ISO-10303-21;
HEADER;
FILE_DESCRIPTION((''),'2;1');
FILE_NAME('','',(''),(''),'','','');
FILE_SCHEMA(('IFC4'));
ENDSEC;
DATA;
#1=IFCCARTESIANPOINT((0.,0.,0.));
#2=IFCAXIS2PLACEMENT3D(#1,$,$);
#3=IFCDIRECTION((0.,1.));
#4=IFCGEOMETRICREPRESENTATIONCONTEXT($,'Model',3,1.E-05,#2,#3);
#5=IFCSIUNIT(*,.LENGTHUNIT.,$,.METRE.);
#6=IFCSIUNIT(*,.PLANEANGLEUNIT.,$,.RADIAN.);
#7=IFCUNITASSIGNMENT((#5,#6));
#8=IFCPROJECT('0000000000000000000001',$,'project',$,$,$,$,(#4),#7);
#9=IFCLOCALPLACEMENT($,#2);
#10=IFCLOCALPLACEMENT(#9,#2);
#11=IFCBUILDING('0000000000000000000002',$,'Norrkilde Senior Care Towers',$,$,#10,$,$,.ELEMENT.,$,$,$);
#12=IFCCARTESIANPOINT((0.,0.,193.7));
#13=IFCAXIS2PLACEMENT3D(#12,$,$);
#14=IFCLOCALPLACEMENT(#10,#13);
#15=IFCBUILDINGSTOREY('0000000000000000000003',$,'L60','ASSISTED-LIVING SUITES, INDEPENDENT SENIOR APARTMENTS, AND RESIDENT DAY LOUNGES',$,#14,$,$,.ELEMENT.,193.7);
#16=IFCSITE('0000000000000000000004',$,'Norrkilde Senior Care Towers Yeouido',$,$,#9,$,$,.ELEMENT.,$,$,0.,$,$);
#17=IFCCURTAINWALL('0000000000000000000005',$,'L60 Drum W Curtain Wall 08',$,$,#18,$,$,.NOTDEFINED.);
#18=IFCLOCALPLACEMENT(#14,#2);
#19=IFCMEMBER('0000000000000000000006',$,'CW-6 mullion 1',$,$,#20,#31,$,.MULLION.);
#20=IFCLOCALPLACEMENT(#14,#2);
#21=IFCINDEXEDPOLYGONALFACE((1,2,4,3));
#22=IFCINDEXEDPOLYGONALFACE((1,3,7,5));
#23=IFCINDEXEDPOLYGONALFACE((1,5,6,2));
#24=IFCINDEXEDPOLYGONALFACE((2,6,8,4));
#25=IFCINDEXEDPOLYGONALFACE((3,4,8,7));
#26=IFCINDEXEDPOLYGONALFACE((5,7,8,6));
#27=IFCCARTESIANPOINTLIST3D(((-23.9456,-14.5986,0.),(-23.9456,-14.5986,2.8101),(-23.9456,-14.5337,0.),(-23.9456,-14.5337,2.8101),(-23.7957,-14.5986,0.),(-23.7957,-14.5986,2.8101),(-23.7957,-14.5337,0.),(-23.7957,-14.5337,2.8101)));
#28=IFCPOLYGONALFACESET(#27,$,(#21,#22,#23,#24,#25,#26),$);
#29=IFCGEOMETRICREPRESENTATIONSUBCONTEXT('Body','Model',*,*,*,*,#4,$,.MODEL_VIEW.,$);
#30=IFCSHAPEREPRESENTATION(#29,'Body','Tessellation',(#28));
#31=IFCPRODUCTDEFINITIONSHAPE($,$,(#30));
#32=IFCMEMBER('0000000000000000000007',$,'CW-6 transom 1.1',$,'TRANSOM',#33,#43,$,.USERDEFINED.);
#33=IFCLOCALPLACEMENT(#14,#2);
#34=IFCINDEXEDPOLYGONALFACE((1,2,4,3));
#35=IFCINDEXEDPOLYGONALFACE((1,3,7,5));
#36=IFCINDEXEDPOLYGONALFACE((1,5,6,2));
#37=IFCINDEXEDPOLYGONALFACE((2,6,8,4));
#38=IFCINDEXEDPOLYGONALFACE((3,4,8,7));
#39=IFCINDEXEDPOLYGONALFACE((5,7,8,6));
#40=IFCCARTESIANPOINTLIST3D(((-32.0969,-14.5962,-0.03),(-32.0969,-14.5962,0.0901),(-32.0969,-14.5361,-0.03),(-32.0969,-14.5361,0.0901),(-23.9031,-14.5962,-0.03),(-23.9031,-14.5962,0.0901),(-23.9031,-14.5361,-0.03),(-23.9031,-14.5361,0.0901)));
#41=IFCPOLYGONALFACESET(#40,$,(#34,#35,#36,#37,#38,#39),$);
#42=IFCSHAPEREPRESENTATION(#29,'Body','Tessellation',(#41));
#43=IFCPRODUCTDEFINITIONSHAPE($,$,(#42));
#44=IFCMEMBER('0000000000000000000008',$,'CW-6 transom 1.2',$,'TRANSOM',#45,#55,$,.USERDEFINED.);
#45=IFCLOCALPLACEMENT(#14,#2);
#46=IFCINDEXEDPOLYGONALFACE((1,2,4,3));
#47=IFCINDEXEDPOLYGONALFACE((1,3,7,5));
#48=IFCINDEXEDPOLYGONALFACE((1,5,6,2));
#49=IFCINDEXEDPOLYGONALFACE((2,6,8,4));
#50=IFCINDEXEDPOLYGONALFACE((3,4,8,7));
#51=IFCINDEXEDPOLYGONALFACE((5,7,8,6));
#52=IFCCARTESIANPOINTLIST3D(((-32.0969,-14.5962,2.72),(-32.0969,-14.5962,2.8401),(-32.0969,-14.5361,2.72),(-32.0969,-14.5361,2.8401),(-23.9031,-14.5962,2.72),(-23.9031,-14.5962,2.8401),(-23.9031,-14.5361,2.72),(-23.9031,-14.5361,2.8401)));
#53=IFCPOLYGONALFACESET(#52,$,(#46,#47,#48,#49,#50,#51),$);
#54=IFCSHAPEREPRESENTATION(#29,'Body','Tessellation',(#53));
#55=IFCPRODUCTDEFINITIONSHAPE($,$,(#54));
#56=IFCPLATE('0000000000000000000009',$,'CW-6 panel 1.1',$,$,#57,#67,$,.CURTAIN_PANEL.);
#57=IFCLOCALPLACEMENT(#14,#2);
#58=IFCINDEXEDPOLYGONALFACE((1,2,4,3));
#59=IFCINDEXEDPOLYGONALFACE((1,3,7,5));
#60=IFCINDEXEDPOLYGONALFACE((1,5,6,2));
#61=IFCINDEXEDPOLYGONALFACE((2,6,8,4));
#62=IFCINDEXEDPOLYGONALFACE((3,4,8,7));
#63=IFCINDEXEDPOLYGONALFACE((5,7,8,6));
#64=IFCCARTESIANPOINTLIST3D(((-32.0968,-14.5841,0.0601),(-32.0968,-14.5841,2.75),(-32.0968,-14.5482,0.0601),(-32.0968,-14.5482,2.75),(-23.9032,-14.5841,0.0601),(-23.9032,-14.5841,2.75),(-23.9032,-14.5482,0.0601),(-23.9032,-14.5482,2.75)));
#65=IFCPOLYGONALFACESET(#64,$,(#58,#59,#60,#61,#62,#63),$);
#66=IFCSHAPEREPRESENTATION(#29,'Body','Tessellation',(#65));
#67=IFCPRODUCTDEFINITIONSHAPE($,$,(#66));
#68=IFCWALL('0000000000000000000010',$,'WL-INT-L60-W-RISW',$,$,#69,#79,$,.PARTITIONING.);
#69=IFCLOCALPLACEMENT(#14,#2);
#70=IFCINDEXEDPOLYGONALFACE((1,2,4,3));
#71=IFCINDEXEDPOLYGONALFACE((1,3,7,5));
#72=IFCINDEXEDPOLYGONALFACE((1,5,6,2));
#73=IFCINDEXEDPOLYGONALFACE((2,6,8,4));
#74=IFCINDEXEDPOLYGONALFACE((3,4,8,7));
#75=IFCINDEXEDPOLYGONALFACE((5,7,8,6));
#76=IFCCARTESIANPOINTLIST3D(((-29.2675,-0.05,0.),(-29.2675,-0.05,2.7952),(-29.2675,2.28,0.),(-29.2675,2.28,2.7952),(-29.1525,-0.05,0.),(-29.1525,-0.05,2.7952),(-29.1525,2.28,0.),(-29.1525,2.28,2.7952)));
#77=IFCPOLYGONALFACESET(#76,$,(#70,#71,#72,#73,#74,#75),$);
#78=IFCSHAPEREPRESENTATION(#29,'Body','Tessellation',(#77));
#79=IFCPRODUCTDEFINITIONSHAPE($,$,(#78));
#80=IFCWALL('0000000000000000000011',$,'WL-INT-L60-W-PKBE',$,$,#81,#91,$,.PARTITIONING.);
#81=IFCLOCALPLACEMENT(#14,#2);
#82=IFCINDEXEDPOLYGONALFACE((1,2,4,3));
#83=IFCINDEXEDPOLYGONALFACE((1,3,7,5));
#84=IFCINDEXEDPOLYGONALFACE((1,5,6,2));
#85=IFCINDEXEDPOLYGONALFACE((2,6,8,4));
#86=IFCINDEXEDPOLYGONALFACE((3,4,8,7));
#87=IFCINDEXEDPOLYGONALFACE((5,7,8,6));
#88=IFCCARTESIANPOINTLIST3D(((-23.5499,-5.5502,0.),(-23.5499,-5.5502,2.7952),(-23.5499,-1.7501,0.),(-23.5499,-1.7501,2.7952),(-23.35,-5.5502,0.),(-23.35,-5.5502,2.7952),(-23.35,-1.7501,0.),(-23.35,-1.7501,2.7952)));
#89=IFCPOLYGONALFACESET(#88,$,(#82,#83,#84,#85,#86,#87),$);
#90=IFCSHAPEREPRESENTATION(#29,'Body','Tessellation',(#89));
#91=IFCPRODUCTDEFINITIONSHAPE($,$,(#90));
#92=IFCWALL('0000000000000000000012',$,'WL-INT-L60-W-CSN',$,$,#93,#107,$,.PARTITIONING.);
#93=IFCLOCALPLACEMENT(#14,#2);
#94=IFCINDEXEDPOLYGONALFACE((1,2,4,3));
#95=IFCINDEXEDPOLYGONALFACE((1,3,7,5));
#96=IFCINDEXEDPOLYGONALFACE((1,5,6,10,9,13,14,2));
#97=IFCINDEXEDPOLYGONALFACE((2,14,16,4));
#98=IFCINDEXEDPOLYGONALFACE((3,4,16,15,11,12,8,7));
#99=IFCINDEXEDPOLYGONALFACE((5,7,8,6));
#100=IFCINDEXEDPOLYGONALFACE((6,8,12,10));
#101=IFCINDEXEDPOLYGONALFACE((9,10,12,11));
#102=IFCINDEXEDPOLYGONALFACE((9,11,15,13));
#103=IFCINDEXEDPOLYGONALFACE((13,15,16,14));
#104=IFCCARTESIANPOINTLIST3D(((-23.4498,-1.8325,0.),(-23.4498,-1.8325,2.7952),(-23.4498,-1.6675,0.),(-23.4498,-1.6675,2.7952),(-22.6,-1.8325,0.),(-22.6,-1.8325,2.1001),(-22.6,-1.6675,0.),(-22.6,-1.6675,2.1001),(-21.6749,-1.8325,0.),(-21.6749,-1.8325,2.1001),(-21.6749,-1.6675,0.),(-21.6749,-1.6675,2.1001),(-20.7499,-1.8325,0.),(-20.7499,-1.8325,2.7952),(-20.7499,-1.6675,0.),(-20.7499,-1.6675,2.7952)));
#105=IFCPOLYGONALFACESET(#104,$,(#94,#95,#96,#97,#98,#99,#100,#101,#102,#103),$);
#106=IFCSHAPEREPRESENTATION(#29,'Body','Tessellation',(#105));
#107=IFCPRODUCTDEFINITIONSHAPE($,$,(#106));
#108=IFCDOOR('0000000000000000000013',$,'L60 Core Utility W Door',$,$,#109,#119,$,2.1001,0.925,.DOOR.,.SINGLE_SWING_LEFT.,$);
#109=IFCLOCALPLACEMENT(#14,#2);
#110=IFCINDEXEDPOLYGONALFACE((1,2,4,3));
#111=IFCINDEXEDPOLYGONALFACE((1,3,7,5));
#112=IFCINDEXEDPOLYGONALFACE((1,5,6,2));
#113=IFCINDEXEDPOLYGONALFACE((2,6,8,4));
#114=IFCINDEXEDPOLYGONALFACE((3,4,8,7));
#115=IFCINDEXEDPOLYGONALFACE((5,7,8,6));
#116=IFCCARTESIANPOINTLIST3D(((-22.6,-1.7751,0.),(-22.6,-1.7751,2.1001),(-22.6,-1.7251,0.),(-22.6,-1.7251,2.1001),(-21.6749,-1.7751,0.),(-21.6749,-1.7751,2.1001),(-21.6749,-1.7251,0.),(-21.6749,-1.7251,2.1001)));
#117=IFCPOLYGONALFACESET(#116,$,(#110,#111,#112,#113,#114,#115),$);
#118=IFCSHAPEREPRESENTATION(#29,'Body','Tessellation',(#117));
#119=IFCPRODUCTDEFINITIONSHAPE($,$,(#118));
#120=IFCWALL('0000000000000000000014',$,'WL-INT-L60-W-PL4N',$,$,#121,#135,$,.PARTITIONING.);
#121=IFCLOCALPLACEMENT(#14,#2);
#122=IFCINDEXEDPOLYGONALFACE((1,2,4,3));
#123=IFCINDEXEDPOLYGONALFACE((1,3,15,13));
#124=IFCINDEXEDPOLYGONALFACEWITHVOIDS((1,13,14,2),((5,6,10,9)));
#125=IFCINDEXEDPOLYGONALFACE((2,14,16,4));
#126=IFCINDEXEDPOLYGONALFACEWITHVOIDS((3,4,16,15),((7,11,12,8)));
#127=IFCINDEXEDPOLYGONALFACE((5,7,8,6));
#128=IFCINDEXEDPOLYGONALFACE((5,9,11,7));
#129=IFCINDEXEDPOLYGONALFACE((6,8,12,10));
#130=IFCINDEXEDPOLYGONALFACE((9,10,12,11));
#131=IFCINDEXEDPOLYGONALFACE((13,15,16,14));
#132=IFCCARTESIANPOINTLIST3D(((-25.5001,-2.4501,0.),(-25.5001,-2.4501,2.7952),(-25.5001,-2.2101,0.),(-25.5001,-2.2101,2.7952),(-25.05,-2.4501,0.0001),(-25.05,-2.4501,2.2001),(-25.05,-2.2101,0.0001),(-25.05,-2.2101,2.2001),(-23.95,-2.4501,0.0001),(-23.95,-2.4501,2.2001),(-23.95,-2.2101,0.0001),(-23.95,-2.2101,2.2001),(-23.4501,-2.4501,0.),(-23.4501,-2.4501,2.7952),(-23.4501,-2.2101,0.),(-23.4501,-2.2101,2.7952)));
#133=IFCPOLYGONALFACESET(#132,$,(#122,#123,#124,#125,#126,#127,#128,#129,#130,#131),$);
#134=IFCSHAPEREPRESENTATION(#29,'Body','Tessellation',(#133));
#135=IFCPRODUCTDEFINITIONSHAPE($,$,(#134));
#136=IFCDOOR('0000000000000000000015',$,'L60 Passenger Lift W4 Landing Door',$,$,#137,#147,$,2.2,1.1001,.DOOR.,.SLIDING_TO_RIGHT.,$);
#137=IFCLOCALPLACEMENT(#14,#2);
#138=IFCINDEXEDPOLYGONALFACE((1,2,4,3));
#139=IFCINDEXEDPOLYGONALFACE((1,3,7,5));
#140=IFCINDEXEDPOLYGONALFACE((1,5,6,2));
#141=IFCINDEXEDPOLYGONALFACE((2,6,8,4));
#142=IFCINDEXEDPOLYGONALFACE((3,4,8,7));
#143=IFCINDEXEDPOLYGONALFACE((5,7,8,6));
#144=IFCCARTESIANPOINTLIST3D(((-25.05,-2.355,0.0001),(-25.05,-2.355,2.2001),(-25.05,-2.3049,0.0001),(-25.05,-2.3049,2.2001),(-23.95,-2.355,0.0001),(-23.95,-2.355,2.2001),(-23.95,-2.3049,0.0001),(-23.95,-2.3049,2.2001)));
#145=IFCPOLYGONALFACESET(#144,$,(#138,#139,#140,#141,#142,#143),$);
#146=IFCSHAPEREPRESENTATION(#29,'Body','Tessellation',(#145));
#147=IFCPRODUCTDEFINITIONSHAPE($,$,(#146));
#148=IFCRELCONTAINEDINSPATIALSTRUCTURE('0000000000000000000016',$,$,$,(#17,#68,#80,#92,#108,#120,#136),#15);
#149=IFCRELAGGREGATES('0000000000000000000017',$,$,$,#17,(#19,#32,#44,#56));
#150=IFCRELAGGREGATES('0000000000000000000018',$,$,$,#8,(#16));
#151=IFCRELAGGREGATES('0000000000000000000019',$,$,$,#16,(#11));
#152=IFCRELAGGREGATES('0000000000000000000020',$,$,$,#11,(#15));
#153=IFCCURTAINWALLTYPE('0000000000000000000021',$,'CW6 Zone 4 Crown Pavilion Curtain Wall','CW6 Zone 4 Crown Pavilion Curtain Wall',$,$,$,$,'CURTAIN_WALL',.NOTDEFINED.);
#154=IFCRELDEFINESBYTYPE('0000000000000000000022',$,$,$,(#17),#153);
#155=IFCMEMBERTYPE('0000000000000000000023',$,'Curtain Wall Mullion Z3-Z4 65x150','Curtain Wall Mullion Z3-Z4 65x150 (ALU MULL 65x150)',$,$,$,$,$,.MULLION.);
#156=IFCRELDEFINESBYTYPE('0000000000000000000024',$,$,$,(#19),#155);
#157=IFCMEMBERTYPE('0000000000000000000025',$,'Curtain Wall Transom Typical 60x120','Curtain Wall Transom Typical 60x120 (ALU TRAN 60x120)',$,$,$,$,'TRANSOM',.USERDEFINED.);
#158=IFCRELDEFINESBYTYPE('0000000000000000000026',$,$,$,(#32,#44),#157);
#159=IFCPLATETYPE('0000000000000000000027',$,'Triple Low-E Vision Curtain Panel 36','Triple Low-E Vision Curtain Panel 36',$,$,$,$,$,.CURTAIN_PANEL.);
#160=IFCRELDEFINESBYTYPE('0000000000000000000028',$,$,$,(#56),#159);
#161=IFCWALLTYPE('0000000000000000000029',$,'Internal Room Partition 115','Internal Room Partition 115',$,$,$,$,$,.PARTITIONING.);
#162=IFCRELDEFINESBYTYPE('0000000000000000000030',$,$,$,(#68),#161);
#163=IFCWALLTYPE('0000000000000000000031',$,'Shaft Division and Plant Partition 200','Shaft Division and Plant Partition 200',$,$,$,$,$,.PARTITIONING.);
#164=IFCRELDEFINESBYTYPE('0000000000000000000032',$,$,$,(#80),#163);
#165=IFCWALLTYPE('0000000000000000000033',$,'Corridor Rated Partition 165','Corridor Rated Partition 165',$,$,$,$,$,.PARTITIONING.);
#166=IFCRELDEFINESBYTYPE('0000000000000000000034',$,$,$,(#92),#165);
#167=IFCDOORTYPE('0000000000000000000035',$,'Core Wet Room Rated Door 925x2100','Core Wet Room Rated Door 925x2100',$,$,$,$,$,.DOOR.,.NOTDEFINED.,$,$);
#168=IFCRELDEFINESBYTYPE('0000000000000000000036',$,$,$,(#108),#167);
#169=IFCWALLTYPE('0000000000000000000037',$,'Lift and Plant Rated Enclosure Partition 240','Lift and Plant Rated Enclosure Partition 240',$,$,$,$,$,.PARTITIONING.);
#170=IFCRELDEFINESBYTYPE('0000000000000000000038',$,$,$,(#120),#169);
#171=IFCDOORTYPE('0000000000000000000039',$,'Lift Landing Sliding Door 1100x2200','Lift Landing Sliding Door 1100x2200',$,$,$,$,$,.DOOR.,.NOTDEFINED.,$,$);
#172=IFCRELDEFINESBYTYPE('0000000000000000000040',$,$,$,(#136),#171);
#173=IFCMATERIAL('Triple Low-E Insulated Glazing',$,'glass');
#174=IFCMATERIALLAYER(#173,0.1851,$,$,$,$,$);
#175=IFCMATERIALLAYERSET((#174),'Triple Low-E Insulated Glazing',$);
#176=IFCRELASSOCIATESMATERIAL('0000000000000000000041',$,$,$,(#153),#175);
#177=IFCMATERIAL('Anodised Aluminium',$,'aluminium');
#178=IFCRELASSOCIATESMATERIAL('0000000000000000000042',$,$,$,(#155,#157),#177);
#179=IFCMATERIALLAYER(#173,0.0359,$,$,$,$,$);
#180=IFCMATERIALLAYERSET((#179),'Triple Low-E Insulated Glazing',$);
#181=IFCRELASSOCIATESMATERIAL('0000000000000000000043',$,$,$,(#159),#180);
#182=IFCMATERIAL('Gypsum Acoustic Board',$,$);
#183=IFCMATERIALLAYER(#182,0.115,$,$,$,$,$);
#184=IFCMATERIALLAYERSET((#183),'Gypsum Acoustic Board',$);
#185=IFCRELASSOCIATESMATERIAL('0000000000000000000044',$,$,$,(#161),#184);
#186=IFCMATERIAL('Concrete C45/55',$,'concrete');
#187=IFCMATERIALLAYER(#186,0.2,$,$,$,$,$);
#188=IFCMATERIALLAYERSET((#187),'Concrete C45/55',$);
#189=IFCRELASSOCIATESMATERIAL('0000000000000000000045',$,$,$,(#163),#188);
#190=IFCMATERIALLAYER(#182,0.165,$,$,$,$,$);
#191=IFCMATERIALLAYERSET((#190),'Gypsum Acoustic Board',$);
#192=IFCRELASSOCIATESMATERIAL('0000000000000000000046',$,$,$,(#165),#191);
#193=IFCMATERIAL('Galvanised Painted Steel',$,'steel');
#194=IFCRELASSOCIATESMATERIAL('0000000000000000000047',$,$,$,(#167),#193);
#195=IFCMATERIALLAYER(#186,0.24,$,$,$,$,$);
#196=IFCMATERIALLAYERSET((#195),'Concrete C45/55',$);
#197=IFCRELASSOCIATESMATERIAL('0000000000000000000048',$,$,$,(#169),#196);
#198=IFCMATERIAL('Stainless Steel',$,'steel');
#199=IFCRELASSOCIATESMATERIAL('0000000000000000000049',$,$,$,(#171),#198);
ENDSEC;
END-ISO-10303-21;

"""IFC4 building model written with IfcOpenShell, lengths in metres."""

from ifc_helpers import new_model, si_unit, direction, frame, frame_2d, origin, origin_2d, place, context, subcontext, project, spatial, rectangle, extrude, source, transform, mapped, material, layer, layer_set, material_profile, profile_set, type_object, type_shapes, element, fill, aggregate, save


model = new_model("IFC4")

# Units and contexts
model_context = context("Model", 3, precision=1e-05, world=origin(), true_north=direction((0.0, 1.0)))
body_context = subcontext(model_context, "Body", "Model", "MODEL_VIEW")
ifc_project = project(units=[si_unit("LENGTHUNIT", "METRE"), si_unit("PLANEANGLEUNIT", "RADIAN")], contexts=[model_context])

# Site, building, storey
site_placement = place(None, origin())
site = spatial("IfcSite", under=ifc_project, at=site_placement, Name="Norrkilde Senior Care Towers Yeouido", CompositionType="ELEMENT", RefElevation=0.0)
building_placement = place(site_placement, origin())
building = spatial("IfcBuilding", under=site, at=building_placement, Name="Norrkilde Senior Care Towers", CompositionType="ELEMENT")
storey_placement = place(building_placement, frame((0.0, 0.0, 193.7)))
storey = spatial("IfcBuildingStorey", under=building, at=storey_placement, Name="L60", Description="ASSISTED-LIVING SUITES, INDEPENDENT SENIOR APARTMENTS, AND RESIDENT DAY LOUNGES", CompositionType="ELEMENT", Elevation=193.7)

# Curtain wall, members, plate
ifc_material_1 = material(Name="Triple Low-E Insulated Glazing", Category="glass")
ifc_layer_1 = layer(ifc_material_1, 0.1851)
ifc_layer_set_1 = layer_set([ifc_layer_1], Name="Triple Low-E Insulated Glazing")
curtain_wall_type = type_object("IfcCurtainWallType", Name="CW6 Zone 4 Crown Pavilion Curtain Wall", Description="CW6 Zone 4 Crown Pavilion Curtain Wall", ElementType="CURTAIN_WALL", PredefinedType="NOTDEFINED", material=ifc_layer_set_1)
curtain_wall_placement = place(storey_placement, origin())
curtain_wall = element("IfcCurtainWall", 1, at=curtain_wall_placement, inside=storey, type_object=curtain_wall_type, Name="L60 Drum W Curtain Wall 08", PredefinedType="NOTDEFINED")
ifc_material_2 = material(Name="Anodised Aluminium", Category="aluminium")
ifc_material_profile_1 = material_profile(ifc_material_2, rectangle(XDim=0.0649, YDim=0.1499, at=origin_2d()), Name="ALU MULL 65x150")
ifc_profile_set_1 = profile_set([ifc_material_profile_1], Name="Anodised Aluminium")
member_type_1 = type_object("IfcMemberType", Name="Curtain Wall Mullion Z3-Z4 65x150", Description="Curtain Wall Mullion Z3-Z4 65x150 (ALU MULL 65x150)", PredefinedType="MULLION", material=ifc_profile_set_1)
shared_shape_1 = source(origin(), body_context, "Body", "SweptSolid", [
    extrude(rectangle(XDim=0.0649, YDim=0.1499, at=origin_2d()), origin(), (0.0, 0.0, 1.0), 2.8101),
])
type_shapes(member_type_1, [shared_shape_1])
member_1_placement = place(storey_placement, frame((-23.8706, -14.5662, 0.0), z_axis=(0.0, 0.0, 1.0), x_axis=(0.0, -1.0, 0.0)))
member_1 = element("IfcMember", 2, at=member_1_placement, type_object=member_type_1, Name="CW-6 mullion 1", PredefinedType="MULLION", context=body_context, shape_type="MappedRepresentation", body=[
    mapped(shared_shape_1, transform((0.0, 0.0, 0.0), x_axis=(1.0, 0.0, 0.0), y_axis=(0.0, 1.0, 0.0), z_axis=(0.0, 0.0, 1.0), scale=1.0)),
])
ifc_material_profile_2 = material_profile(ifc_material_2, rectangle(XDim=0.0601, YDim=0.1201, at=origin_2d()), Name="ALU TRAN 60x120")
ifc_profile_set_2 = profile_set([ifc_material_profile_2], Name="Anodised Aluminium")
member_type_2 = type_object("IfcMemberType", Name="Curtain Wall Transom Typical 60x120", Description="Curtain Wall Transom Typical 60x120 (ALU TRAN 60x120)", ElementType="TRANSOM", PredefinedType="USERDEFINED", material=ifc_profile_set_2)
shared_shape_2 = source(origin(), body_context, "Body", "SweptSolid", [
    extrude(rectangle(XDim=0.0601, YDim=0.1201, at=origin_2d()), origin(), (0.0, 0.0, 1.0), 8.1938),
])
type_shapes(member_type_2, [shared_shape_2])
member_2_placement = place(storey_placement, frame((-23.9031, -14.5662, 0.03), z_axis=(-1.0, 0.0, 0.0), x_axis=(0.0, -1.0, 0.0)))
member_2 = element("IfcMember", 3, at=member_2_placement, type_object=member_type_2, Name="CW-6 transom 1.1", ObjectType="TRANSOM", PredefinedType="USERDEFINED", context=body_context, shape_type="MappedRepresentation", body=[
    mapped(shared_shape_2, transform((0.0, 0.0, 0.0), x_axis=(1.0, 0.0, 0.0), y_axis=(0.0, 1.0, 0.0), z_axis=(0.0, 0.0, 1.0), scale=1.0)),
])
member_3_placement = place(storey_placement, frame((-23.9031, -14.5662, 2.78), z_axis=(-1.0, 0.0, 0.0), x_axis=(0.0, -1.0, 0.0)))
member_3 = element("IfcMember", 4, at=member_3_placement, type_object=member_type_2, Name="CW-6 transom 1.2", ObjectType="TRANSOM", PredefinedType="USERDEFINED", context=body_context, shape_type="MappedRepresentation", body=[
    mapped(shared_shape_2, transform((0.0, 0.0, 0.0), x_axis=(1.0, 0.0, 0.0), y_axis=(0.0, 1.0, 0.0), z_axis=(0.0, 0.0, 1.0), scale=1.0)),
])
ifc_layer_2 = layer(ifc_material_1, 0.0359)
ifc_layer_set_2 = layer_set([ifc_layer_2], Name="Triple Low-E Insulated Glazing")
plate_type = type_object("IfcPlateType", Name="Triple Low-E Vision Curtain Panel 36", Description="Triple Low-E Vision Curtain Panel 36", PredefinedType="CURTAIN_PANEL", material=ifc_layer_set_2)
shared_shape_3 = source(origin(), body_context, "Body", "SweptSolid", [
    extrude(rectangle(XDim=8.1936, YDim=0.0359, at=origin_2d()), origin(), (0.0, 0.0, 1.0), 2.6899),
])
type_shapes(plate_type, [shared_shape_3])
plate_placement = place(storey_placement, frame((-28.0, -14.5662, 0.0601), z_axis=(0.0, 0.0, 1.0), x_axis=(-1.0, 0.0, 0.0)))
plate = element("IfcPlate", 5, at=plate_placement, type_object=plate_type, Name="CW-6 panel 1.1", PredefinedType="CURTAIN_PANEL", context=body_context, shape_type="MappedRepresentation", body=[
    mapped(shared_shape_3, transform((0.0, 0.0, 0.0), x_axis=(1.0, 0.0, 0.0), y_axis=(0.0, 1.0, 0.0), z_axis=(0.0, 0.0, 1.0), scale=1.0)),
])
aggregate(curtain_wall, [member_1, member_2, member_3, plate])

# Walls
ifc_material_3 = material(Name="Gypsum Acoustic Board")
ifc_layer_3 = layer(ifc_material_3, 0.115)
ifc_layer_set_3 = layer_set([ifc_layer_3], Name="Gypsum Acoustic Board")
wall_type_1 = type_object("IfcWallType", Name="Internal Room Partition 115", Description="Internal Room Partition 115", PredefinedType="PARTITIONING", material=ifc_layer_set_3)
shared_shape_4 = source(origin(), body_context, "Body", "SweptSolid", [
    extrude(rectangle(XDim=2.3301, YDim=0.115, at=frame_2d((1.165, 0.0))), origin(), (0.0, 0.0, 1.0), 2.7952),
])
type_shapes(wall_type_1, [shared_shape_4])
wall_1_placement = place(storey_placement, frame((-29.21, -0.05, 0.0), z_axis=(0.0, 0.0, 1.0), x_axis=(0.0, 1.0, 0.0)))
element("IfcWall", 6, at=wall_1_placement, inside=storey, type_object=wall_type_1, Name="WL-INT-L60-W-RISW", PredefinedType="PARTITIONING", context=body_context, shape_type="MappedRepresentation", body=[
    mapped(shared_shape_4, transform((0.0, 0.0, 0.0), x_axis=(1.0, 0.0, 0.0), y_axis=(0.0, 1.0, 0.0), z_axis=(0.0, 0.0, 1.0), scale=1.0)),
])
ifc_material_4 = material(Name="Concrete C45/55", Category="concrete")
ifc_layer_4 = layer(ifc_material_4, 0.2)
ifc_layer_set_4 = layer_set([ifc_layer_4], Name="Concrete C45/55")
wall_type_2 = type_object("IfcWallType", Name="Shaft Division and Plant Partition 200", Description="Shaft Division and Plant Partition 200", PredefinedType="PARTITIONING", material=ifc_layer_set_4)
shared_shape_5 = source(origin(), body_context, "Body", "SweptSolid", [
    extrude(rectangle(XDim=3.8, YDim=0.2, at=frame_2d((1.8999, 0.0))), origin(), (0.0, 0.0, 1.0), 2.7952),
])
type_shapes(wall_type_2, [shared_shape_5])
wall_2_placement = place(storey_placement, frame((-23.45, -5.55, 0.0), z_axis=(0.0, 0.0, 1.0), x_axis=(0.0, 1.0, 0.0)))
element("IfcWall", 7, at=wall_2_placement, inside=storey, type_object=wall_type_2, Name="WL-INT-L60-W-PKBE", PredefinedType="PARTITIONING", context=body_context, shape_type="MappedRepresentation", body=[
    mapped(shared_shape_5, transform((0.0, 0.0, 0.0), x_axis=(1.0, 0.0, 0.0), y_axis=(0.0, 1.0, 0.0), z_axis=(0.0, 0.0, 1.0), scale=1.0)),
])

# Walls, openings, doors
ifc_layer_5 = layer(ifc_material_3, 0.165)
ifc_layer_set_5 = layer_set([ifc_layer_5], Name="Gypsum Acoustic Board")
wall_type_3 = type_object("IfcWallType", Name="Corridor Rated Partition 165", Description="Corridor Rated Partition 165", PredefinedType="PARTITIONING", material=ifc_layer_set_5)
shared_shape_6 = source(origin(), body_context, "Body", "SweptSolid", [
    extrude(rectangle(XDim=2.7, YDim=0.165, at=frame_2d((1.3501, 0.0))), origin(), (0.0, 0.0, 1.0), 2.7952),
])
wall_3_placement = place(storey_placement, frame((-23.45, -1.75, 0.0), z_axis=(0.0, 0.0, 1.0), x_axis=(1.0, 0.0, 0.0)))
wall_3 = element("IfcWall", 8, at=wall_3_placement, inside=storey, type_object=wall_type_3, Name="WL-INT-L60-W-CSN", PredefinedType="PARTITIONING", context=body_context, shape_type="MappedRepresentation", body=[
    mapped(shared_shape_6, transform((0.0, 0.0, 0.0), x_axis=(1.0, 0.0, 0.0), y_axis=(0.0, 1.0, 0.0), z_axis=(0.0, 0.0, 1.0), scale=1.0)),
])
opening_1_placement = place(wall_3_placement, frame((0.8501, 0.0, 0.0)))
opening_1 = element("IfcOpeningElement", 9, at=opening_1_placement, cuts=wall_3, PredefinedType="OPENING", context=body_context, shape_type="SweptSolid", body=[
    extrude(rectangle(XDim=0.925, YDim=2.1001, at=frame_2d((0.4624, 1.05))), frame((0.0, 0.0925, 0.0), z_axis=(0.0, -1.0, 0.0), x_axis=(1.0, 0.0, 0.0)), (0.0, 0.0, 1.0), 0.1851),
])
ifc_material_5 = material(Name="Galvanised Painted Steel", Category="steel")
door_type_1 = type_object("IfcDoorType", Name="Core Wet Room Rated Door 925x2100", Description="Core Wet Room Rated Door 925x2100", OperationType="NOTDEFINED", PredefinedType="DOOR", material=ifc_material_5)
shared_shape_7 = source(origin(), body_context, "Body", "SweptSolid", [
    extrude(rectangle(XDim=0.925, YDim=2.1001, at=frame_2d((0.4624, 1.05))), frame((0.0, 0.0249, 0.0), z_axis=(0.0, -1.0, 0.0), x_axis=(1.0, 0.0, 0.0)), (0.0, 0.0, 1.0), 0.05),
])
type_shapes(door_type_1, [shared_shape_7])
door_1_placement = place(opening_1_placement, origin())
door_1 = element("IfcDoor", 10, at=door_1_placement, inside=storey, type_object=door_type_1, Name="L60 Core Utility W Door", OperationType="SINGLE_SWING_LEFT", OverallHeight=2.1001, OverallWidth=0.925, PredefinedType="DOOR", context=body_context, shape_type="MappedRepresentation", body=[
    mapped(shared_shape_7, transform((0.0, 0.0, 0.0), x_axis=(1.0, 0.0, 0.0), y_axis=(0.0, 1.0, 0.0), z_axis=(0.0, 0.0, 1.0), scale=1.0)),
])
fill(opening_1, door_1)
ifc_layer_6 = layer(ifc_material_4, 0.24)
ifc_layer_set_6 = layer_set([ifc_layer_6], Name="Concrete C45/55")
wall_type_4 = type_object("IfcWallType", Name="Lift and Plant Rated Enclosure Partition 240", Description="Lift and Plant Rated Enclosure Partition 240", PredefinedType="PARTITIONING", material=ifc_layer_set_6)
shared_shape_8 = source(origin(), body_context, "Body", "SweptSolid", [
    extrude(rectangle(XDim=2.05, YDim=0.24, at=frame_2d((1.0249, 0.0))), origin(), (0.0, 0.0, 1.0), 2.7952),
])
type_shapes(wall_type_4, [shared_shape_8])
wall_4_placement = place(storey_placement, frame((-25.5, -2.3301, 0.0), z_axis=(0.0, 0.0, 1.0), x_axis=(1.0, 0.0, 0.0)))
wall_4 = element("IfcWall", 11, at=wall_4_placement, inside=storey, type_object=wall_type_4, Name="WL-INT-L60-W-PL4N", PredefinedType="PARTITIONING", context=body_context, shape_type="MappedRepresentation", body=[
    mapped(shared_shape_8, transform((0.0, 0.0, 0.0), x_axis=(1.0, 0.0, 0.0), y_axis=(0.0, 1.0, 0.0), z_axis=(0.0, 0.0, 1.0), scale=1.0)),
])
opening_2_placement = place(wall_4_placement, frame((0.45, 0.0, 0.0)))
opening_2 = element("IfcOpeningElement", 12, at=opening_2_placement, cuts=wall_4, PredefinedType="OPENING", context=body_context, shape_type="SweptSolid", body=[
    extrude(rectangle(XDim=1.1001, YDim=2.2, at=frame_2d((0.55, 1.1001))), frame((0.0, 0.1299, 0.0), z_axis=(0.0, -1.0, 0.0), x_axis=(1.0, 0.0, 0.0)), (0.0, 0.0, 1.0), 0.26),
])
ifc_material_6 = material(Name="Stainless Steel", Category="steel")
door_type_2 = type_object("IfcDoorType", Name="Lift Landing Sliding Door 1100x2200", Description="Lift Landing Sliding Door 1100x2200", OperationType="NOTDEFINED", PredefinedType="DOOR", material=ifc_material_6)
shared_shape_9 = source(origin(), body_context, "Body", "SweptSolid", [
    extrude(rectangle(XDim=1.1001, YDim=2.2, at=frame_2d((0.55, 1.1001))), frame((0.0, 0.0249, 0.0), z_axis=(0.0, -1.0, 0.0), x_axis=(1.0, 0.0, 0.0)), (0.0, 0.0, 1.0), 0.05),
])
type_shapes(door_type_2, [shared_shape_9])
door_2_placement = place(opening_2_placement, frame((1.1001, 0.0, 0.0), z_axis=(0.0, 0.0, 1.0), x_axis=(-1.0, 0.0, 0.0)))
door_2 = element("IfcDoor", 13, at=door_2_placement, inside=storey, type_object=door_type_2, Name="L60 Passenger Lift W4 Landing Door", OperationType="SLIDING_TO_RIGHT", OverallHeight=2.2, OverallWidth=1.1001, PredefinedType="DOOR", context=body_context, shape_type="MappedRepresentation", body=[
    mapped(shared_shape_9, transform((0.0, 0.0, 0.0), x_axis=(1.0, 0.0, 0.0), y_axis=(0.0, 1.0, 0.0), z_axis=(0.0, 0.0, 1.0), scale=1.0)),
])
fill(opening_2, door_2)

save(model, "model.ifc")
